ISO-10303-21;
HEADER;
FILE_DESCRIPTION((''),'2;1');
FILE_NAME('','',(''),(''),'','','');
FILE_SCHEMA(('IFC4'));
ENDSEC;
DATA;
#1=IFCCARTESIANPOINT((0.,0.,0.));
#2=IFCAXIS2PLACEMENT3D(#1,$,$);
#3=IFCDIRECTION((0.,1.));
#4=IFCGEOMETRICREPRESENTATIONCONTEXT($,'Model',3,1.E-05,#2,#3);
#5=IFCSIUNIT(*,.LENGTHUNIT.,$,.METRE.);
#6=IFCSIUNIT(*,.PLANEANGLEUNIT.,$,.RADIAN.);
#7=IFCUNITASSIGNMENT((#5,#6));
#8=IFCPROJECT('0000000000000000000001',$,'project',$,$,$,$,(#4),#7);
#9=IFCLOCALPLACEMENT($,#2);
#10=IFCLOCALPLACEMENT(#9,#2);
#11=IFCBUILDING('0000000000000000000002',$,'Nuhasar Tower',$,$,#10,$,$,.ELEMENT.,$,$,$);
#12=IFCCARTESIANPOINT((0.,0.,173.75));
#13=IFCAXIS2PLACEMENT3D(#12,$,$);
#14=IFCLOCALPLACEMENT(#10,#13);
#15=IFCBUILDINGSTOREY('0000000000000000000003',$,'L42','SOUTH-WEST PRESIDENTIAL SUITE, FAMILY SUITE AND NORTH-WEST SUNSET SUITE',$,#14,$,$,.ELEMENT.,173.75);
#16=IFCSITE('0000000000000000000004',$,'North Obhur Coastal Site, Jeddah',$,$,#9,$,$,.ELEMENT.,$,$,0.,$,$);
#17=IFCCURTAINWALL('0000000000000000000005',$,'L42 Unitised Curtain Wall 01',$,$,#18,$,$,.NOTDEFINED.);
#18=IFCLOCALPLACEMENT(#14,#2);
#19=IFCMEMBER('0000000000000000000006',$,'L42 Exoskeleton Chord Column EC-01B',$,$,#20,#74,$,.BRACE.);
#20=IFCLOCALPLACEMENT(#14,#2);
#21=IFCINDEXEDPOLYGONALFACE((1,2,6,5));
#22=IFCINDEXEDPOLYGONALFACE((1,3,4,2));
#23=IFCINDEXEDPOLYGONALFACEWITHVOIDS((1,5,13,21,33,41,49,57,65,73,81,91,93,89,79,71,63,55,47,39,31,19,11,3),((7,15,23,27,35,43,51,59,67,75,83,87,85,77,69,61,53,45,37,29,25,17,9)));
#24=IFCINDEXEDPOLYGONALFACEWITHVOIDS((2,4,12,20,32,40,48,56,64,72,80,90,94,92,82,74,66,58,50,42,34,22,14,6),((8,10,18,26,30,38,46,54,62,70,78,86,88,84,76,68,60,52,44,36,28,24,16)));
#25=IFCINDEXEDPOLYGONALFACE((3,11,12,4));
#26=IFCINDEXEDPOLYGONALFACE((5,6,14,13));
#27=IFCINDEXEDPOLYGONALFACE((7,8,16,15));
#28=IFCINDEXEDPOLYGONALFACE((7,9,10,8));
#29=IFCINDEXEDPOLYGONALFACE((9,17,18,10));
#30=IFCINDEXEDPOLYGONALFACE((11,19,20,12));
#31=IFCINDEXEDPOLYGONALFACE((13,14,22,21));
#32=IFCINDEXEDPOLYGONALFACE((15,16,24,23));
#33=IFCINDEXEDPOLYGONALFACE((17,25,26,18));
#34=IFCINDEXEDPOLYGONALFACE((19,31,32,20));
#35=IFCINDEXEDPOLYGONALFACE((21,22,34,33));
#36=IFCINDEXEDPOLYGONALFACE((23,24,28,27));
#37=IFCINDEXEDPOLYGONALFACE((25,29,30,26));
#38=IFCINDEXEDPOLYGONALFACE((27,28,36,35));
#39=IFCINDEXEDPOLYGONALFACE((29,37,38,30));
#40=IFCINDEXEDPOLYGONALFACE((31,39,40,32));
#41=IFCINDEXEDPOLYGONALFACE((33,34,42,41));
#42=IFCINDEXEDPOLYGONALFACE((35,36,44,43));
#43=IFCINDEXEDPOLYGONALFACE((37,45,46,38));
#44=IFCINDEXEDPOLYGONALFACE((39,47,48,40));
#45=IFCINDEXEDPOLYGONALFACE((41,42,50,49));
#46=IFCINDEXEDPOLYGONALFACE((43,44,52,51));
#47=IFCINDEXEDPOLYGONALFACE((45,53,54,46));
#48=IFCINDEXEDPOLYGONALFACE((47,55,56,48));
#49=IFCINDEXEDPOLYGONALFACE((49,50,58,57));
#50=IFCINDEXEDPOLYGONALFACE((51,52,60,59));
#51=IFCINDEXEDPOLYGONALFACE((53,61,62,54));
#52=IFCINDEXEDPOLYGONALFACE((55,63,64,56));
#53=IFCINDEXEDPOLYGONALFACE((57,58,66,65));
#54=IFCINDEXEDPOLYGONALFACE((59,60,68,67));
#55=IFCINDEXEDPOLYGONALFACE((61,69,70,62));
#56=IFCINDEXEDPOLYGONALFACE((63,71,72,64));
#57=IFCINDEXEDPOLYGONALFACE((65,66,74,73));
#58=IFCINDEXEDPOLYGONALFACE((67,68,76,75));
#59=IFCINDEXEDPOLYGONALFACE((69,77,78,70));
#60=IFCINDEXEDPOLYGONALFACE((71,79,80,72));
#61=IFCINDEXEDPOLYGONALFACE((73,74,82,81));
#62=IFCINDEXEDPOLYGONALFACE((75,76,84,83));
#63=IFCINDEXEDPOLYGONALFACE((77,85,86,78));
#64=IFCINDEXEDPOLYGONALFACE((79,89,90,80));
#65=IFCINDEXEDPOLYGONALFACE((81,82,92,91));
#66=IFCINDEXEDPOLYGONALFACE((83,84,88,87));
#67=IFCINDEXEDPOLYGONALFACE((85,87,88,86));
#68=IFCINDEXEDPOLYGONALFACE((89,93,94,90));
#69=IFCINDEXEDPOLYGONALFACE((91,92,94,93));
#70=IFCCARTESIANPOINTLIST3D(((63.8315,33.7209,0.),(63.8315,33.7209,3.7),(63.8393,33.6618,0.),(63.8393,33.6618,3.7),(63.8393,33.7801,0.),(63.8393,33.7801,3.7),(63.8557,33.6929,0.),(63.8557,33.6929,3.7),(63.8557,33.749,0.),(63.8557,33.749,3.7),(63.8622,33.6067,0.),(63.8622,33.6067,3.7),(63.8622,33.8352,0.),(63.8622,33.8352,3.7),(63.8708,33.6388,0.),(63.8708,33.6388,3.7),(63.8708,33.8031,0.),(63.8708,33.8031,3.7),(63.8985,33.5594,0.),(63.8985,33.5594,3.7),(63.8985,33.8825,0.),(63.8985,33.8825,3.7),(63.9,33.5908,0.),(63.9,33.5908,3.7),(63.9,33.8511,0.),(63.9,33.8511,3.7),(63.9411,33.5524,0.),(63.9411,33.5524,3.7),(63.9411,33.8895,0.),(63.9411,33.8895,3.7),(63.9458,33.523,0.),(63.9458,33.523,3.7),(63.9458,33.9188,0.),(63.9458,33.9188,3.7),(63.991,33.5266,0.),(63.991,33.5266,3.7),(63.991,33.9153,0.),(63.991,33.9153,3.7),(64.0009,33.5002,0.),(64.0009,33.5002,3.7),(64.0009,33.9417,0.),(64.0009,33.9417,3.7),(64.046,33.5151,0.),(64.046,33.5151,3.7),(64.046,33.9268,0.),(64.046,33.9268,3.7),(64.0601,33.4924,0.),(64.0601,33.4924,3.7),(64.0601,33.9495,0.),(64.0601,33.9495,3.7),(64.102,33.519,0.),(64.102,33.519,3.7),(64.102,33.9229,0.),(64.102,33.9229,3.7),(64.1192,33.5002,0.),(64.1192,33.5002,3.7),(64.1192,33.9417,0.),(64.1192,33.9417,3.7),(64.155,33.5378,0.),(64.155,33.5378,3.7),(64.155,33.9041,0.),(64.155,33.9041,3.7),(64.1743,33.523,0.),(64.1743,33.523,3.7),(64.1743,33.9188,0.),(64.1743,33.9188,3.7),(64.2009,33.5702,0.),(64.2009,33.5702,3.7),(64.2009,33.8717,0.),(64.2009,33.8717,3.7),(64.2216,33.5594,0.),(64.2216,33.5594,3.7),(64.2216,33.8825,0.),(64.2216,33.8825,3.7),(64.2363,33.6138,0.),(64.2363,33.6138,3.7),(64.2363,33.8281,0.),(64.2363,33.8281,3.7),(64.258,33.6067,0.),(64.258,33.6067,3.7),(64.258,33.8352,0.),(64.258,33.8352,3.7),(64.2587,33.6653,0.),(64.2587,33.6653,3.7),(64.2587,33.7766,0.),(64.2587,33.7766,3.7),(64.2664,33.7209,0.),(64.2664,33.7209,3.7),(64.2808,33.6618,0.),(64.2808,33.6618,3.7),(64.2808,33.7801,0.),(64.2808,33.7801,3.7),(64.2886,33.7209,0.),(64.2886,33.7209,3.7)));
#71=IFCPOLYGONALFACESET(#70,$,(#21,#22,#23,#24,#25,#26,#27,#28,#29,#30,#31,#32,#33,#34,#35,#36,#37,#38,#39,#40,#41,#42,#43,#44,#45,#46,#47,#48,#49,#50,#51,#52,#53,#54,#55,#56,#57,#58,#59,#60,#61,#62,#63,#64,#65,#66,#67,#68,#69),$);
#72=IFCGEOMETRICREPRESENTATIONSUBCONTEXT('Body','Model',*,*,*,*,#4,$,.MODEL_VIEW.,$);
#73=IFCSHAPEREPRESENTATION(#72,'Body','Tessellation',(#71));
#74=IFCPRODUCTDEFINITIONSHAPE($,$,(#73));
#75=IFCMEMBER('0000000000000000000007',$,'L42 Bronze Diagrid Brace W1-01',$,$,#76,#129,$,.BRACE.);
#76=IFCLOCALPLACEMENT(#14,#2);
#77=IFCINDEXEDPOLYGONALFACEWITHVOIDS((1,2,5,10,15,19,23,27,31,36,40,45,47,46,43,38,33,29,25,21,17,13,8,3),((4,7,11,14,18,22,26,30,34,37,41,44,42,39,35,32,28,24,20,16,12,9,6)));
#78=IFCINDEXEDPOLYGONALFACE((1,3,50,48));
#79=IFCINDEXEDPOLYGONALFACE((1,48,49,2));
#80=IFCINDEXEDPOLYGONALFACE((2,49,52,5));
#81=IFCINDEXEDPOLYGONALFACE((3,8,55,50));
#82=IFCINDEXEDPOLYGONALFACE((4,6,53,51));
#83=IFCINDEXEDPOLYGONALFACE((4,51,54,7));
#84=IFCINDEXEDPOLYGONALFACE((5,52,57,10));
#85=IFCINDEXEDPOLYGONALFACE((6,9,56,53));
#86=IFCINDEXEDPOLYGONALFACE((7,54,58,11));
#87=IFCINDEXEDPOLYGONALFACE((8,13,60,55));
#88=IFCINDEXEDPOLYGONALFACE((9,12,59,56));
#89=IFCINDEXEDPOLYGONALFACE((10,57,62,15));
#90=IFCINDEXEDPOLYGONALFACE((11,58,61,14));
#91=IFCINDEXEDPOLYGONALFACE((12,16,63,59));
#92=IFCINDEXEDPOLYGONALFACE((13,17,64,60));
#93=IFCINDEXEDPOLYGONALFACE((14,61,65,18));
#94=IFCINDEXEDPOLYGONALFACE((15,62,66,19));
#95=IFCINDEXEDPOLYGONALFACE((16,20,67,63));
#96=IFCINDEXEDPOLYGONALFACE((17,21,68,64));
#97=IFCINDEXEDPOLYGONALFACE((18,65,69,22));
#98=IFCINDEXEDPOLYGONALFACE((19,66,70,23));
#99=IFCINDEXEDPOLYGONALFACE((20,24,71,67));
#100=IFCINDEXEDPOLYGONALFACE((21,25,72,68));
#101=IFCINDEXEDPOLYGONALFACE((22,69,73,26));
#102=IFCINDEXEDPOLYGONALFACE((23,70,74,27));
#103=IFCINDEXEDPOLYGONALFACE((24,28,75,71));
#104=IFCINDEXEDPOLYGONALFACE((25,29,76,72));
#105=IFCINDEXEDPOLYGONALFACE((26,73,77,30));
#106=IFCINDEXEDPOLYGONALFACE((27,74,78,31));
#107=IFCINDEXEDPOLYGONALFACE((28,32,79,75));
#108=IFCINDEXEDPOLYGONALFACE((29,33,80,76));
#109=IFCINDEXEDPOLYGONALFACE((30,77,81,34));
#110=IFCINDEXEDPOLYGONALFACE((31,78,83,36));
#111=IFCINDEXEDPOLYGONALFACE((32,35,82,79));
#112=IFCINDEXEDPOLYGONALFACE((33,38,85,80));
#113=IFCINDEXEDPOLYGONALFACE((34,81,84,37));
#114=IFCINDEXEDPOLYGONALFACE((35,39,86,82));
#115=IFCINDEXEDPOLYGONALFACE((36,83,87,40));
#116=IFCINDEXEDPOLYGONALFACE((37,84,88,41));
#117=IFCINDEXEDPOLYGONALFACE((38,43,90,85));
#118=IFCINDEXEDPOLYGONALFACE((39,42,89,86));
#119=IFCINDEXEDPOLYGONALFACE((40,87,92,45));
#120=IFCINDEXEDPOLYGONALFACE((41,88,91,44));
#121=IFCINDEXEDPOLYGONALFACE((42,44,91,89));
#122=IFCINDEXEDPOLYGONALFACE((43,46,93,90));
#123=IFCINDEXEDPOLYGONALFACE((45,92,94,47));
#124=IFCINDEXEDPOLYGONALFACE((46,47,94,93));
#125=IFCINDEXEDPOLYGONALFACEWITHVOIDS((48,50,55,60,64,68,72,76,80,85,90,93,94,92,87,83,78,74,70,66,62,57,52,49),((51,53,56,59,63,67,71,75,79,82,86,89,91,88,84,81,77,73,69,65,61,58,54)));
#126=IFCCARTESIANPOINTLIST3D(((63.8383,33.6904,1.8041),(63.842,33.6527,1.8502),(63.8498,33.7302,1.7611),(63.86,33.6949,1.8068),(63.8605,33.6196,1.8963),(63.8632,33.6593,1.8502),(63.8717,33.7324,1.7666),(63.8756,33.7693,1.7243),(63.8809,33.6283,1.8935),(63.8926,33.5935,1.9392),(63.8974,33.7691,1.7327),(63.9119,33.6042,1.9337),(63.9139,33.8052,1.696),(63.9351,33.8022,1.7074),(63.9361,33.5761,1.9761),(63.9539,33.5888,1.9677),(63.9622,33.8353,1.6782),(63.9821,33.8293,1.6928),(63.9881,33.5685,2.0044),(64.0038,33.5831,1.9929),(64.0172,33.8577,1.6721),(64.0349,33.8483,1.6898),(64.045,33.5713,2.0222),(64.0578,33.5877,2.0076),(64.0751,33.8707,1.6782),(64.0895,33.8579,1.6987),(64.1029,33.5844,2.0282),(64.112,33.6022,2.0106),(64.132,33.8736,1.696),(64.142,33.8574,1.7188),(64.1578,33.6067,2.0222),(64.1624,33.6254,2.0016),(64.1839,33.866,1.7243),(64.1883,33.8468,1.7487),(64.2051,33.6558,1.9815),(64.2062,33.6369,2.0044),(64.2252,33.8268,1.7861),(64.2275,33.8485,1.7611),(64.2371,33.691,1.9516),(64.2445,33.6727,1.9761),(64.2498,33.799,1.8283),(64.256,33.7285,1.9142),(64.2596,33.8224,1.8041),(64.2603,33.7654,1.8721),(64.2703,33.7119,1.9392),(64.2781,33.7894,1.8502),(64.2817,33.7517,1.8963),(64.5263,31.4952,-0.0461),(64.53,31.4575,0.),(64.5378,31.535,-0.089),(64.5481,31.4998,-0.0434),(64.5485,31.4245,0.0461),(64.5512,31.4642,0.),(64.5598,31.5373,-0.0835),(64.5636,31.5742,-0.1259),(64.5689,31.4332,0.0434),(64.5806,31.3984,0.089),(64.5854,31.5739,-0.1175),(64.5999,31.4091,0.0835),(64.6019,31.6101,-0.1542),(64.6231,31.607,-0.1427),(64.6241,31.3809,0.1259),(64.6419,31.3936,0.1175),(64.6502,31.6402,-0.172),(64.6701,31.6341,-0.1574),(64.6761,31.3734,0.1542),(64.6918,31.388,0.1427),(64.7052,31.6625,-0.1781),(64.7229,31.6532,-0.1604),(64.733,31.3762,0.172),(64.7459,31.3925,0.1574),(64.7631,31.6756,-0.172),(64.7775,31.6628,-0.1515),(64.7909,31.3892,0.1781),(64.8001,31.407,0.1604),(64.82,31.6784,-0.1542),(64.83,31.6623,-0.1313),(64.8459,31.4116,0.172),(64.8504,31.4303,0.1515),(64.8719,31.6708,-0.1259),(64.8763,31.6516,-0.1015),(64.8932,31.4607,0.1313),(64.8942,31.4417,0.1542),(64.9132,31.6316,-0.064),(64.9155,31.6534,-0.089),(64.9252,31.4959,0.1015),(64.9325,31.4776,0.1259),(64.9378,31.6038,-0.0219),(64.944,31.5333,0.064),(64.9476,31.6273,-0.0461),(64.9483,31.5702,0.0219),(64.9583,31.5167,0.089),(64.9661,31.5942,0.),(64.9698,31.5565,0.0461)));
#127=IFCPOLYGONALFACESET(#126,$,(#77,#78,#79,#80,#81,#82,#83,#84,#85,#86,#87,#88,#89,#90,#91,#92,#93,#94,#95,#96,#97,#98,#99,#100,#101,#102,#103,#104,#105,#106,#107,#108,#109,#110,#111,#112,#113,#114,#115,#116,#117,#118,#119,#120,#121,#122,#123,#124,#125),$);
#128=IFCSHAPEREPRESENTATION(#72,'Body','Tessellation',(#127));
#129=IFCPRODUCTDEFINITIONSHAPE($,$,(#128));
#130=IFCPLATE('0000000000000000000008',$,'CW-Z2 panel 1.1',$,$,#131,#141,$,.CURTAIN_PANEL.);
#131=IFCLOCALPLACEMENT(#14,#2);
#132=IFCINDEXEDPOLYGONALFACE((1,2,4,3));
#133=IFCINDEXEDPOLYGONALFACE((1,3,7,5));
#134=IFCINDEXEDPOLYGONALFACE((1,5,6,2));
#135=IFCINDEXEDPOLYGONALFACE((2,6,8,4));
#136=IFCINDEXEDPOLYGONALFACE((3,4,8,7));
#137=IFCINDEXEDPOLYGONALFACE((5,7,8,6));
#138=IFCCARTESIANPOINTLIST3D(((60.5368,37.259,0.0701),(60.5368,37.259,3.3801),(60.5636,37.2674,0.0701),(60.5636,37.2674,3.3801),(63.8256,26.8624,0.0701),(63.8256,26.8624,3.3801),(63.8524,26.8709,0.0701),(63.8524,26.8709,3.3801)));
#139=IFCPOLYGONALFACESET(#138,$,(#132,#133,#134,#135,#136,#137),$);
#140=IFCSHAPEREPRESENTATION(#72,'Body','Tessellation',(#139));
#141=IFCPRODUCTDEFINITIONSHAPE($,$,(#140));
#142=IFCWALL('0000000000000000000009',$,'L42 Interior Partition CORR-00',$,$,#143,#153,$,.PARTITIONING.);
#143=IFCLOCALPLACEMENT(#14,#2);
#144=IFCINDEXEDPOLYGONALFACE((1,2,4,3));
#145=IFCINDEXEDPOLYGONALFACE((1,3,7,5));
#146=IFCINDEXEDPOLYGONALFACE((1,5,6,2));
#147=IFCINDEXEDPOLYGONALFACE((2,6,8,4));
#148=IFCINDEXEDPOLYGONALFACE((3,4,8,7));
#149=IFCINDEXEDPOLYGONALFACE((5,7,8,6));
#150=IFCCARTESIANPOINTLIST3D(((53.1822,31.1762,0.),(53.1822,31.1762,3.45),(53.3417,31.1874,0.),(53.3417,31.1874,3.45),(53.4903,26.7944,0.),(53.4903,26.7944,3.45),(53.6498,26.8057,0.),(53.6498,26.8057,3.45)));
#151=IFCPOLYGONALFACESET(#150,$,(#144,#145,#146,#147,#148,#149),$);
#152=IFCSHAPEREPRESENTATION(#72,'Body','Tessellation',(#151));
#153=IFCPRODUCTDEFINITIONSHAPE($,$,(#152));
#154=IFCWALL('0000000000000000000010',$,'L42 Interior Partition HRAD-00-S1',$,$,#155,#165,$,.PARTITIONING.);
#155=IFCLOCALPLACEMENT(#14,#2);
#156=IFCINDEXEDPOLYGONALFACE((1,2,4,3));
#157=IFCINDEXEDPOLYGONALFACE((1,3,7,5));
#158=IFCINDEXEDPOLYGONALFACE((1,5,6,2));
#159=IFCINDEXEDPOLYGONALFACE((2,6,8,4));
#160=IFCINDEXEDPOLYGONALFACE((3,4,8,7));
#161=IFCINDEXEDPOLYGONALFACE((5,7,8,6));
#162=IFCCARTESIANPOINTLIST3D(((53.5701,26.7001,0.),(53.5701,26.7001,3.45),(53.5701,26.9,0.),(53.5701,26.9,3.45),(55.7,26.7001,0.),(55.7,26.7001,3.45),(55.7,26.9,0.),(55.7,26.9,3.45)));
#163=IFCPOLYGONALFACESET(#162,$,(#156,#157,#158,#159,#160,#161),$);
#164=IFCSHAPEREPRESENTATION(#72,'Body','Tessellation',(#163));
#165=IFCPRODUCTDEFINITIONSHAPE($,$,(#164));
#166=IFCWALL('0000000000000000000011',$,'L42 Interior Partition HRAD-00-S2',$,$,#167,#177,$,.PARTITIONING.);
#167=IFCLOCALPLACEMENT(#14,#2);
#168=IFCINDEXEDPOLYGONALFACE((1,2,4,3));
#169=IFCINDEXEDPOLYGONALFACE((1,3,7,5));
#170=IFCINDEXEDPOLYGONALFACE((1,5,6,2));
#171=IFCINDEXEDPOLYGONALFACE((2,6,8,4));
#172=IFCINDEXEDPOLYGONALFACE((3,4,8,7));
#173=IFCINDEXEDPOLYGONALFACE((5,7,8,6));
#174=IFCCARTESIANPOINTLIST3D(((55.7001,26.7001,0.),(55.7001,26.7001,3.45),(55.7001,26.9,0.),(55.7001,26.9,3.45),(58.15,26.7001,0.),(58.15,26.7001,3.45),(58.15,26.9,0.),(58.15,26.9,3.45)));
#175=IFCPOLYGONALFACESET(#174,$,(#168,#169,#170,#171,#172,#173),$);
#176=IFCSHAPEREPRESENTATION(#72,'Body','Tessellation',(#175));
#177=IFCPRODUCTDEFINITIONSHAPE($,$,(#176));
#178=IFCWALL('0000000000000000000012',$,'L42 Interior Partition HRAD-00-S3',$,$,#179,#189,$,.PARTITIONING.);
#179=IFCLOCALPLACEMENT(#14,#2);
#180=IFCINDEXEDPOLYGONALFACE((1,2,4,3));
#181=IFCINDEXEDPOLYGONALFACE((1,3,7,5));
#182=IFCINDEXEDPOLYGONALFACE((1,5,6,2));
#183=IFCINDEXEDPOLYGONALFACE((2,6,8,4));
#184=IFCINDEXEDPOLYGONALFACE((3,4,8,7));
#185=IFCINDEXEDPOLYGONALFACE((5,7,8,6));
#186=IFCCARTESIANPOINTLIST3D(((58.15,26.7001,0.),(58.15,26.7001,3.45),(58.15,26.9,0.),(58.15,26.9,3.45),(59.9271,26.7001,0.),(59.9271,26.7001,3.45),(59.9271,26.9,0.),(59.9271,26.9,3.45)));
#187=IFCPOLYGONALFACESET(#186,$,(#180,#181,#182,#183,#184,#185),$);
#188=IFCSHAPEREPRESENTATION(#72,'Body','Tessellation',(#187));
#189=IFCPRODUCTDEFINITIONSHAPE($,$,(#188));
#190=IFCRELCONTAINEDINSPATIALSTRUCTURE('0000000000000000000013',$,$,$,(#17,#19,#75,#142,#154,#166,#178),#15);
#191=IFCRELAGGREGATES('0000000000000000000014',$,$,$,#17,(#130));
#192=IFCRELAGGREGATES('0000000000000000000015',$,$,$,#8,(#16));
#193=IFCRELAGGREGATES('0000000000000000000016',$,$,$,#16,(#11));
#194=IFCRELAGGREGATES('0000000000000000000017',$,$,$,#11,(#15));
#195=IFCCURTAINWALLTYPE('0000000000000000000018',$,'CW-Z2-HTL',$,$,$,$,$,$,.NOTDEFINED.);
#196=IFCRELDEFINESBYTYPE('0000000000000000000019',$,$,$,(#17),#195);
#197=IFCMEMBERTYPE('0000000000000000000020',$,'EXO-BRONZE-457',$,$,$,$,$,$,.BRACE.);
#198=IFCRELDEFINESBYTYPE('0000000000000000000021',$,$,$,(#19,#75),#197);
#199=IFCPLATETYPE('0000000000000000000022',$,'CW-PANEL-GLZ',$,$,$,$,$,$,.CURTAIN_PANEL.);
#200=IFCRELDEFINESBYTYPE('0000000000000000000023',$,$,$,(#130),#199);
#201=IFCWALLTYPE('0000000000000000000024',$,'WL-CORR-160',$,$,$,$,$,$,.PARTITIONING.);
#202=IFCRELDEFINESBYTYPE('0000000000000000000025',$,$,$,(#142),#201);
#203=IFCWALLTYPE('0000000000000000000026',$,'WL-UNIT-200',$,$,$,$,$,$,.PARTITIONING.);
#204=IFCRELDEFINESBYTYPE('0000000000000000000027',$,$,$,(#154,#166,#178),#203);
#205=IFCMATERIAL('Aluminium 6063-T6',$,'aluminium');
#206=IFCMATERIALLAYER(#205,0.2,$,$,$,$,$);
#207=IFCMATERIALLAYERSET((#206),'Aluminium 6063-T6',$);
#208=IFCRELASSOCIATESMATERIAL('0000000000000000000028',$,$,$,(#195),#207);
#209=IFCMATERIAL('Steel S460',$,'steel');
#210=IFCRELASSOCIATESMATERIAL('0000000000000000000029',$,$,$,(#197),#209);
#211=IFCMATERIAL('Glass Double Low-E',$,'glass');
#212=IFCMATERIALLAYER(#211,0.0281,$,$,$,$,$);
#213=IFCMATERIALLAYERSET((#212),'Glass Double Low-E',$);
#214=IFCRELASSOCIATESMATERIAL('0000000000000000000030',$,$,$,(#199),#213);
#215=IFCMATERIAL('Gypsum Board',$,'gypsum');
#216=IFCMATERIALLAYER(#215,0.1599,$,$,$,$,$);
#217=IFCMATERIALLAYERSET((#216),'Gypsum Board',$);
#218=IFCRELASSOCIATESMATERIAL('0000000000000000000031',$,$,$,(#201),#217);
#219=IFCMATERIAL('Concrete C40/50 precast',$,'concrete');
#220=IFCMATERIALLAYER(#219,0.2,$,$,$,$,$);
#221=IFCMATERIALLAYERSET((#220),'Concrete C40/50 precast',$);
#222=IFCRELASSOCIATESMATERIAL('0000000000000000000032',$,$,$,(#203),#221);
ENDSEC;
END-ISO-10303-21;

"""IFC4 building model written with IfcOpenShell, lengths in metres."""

from ifc_helpers import new_model, si_unit, direction, frame, frame_2d, origin, origin_2d, place, context, subcontext, project, spatial, rectangle, hollow_circle, extrude, material, layer, layer_set, material_profile, profile_set, type_object, element, aggregate, save


model = new_model("IFC4")

# Units and contexts
model_context = context("Model", 3, precision=1e-05, world=origin(), true_north=direction((0.0, 1.0)))
body_context = subcontext(model_context, "Body", "Model", "MODEL_VIEW")
ifc_project = project(units=[si_unit("LENGTHUNIT", "METRE"), si_unit("PLANEANGLEUNIT", "RADIAN")], contexts=[model_context])

# Site, building, storey
site_placement = place(None, origin())
site = spatial("IfcSite", under=ifc_project, at=site_placement, Name="North Obhur Coastal Site, Jeddah", CompositionType="ELEMENT", RefElevation=0.0)
building_placement = place(site_placement, origin())
building = spatial("IfcBuilding", under=site, at=building_placement, Name="Nuhasar Tower", CompositionType="ELEMENT")
storey_placement = place(building_placement, frame((0.0, 0.0, 173.75)))
storey = spatial("IfcBuildingStorey", under=building, at=storey_placement, Name="L42", Description="SOUTH-WEST PRESIDENTIAL SUITE, FAMILY SUITE AND NORTH-WEST SUNSET SUITE", CompositionType="ELEMENT", Elevation=173.75)

# Curtain wall
ifc_material_1 = material(Name="Aluminium 6063-T6", Category="aluminium")
ifc_layer_1 = layer(ifc_material_1, 0.2)
ifc_layer_set_1 = layer_set([ifc_layer_1], Name="Aluminium 6063-T6")
curtain_wall_type = type_object("IfcCurtainWallType", Name="CW-Z2-HTL", PredefinedType="NOTDEFINED", material=ifc_layer_set_1)
curtain_wall_1_placement = place(storey_placement, origin())
curtain_wall_1 = element("IfcCurtainWall", 1, at=curtain_wall_1_placement, inside=storey, type_object=curtain_wall_type, Name="L42 Unitised Curtain Wall 01", PredefinedType="NOTDEFINED")

# Members
ifc_material_2 = material(Name="Steel S460", Category="steel")
ifc_material_profile_1 = material_profile(ifc_material_2, hollow_circle(Radius=0.2285, WallThickness=0.0222, at=origin_2d()), Name="HSS457X22.2")
ifc_profile_set_1 = profile_set([ifc_material_profile_1], Name="Steel S460")
member_type_1 = type_object("IfcMemberType", Name="EXO-BRONZE-457", PredefinedType="BRACE", material=ifc_profile_set_1)
for number, where, z_axis, x_axis, name in (
    (2, (64.0601, 33.7209, 0.0), (0.0, 0.0, 1.0), (1.0, 0.0, 0.0), "L42 Exoskeleton Chord Column EC-01B"),
):
    element("IfcMember", number, at=place(storey_placement, frame(where, z_axis=z_axis, x_axis=x_axis)), inside=storey, type_object=member_type_1, Name=name, PredefinedType="BRACE", context=body_context, shape_type="SweptSolid", body=[
        extrude(hollow_circle(Radius=0.2285, WallThickness=0.0222, at=origin_2d()), origin(), (0.0, 0.0, 1.0), 3.7),
    ])
member_1_placement = place(storey_placement, frame((64.748, 31.5259, 0.0), z_axis=(-0.233056, 0.743578, 0.626719), x_axis=(-0.954228, -0.299079, 0.0)))
element("IfcMember", 3, at=member_1_placement, inside=storey, type_object=member_type_1, Name="L42 Bronze Diagrid Brace W1-01", PredefinedType="BRACE", context=body_context, shape_type="SweptSolid", body=[
    extrude(hollow_circle(Radius=0.2285, WallThickness=0.0222, at=origin_2d()), origin(), (0.0, 0.0, 1.0), 2.9521),
])

# Plate
ifc_material_3 = material(Name="Glass Double Low-E", Category="glass")
ifc_layer_2 = layer(ifc_material_3, 0.0281)
ifc_layer_set_2 = layer_set([ifc_layer_2], Name="Glass Double Low-E")
plate_type = type_object("IfcPlateType", Name="CW-PANEL-GLZ", PredefinedType="CURTAIN_PANEL", material=ifc_layer_set_2)
plate_placement = place(storey_placement, frame((62.1946, 32.0649, 0.0701), z_axis=(0.0, 0.0, 1.0), x_axis=(-0.301604, 0.953433, 0.0)))
plate = element("IfcPlate", 4, at=plate_placement, type_object=plate_type, Name="CW-Z2 panel 1.1", PredefinedType="CURTAIN_PANEL", context=body_context, shape_type="SweptSolid", body=[
    extrude(rectangle(XDim=10.9043, YDim=0.0281, at=origin_2d()), origin(), (0.0, 0.0, 1.0), 3.3101),
])
aggregate(curtain_wall_1, [plate])

# Walls
ifc_material_4 = material(Name="Gypsum Board", Category="gypsum")
ifc_layer_3 = layer(ifc_material_4, 0.1599)
ifc_layer_set_3 = layer_set([ifc_layer_3], Name="Gypsum Board")
wall_type_1 = type_object("IfcWallType", Name="WL-CORR-160", PredefinedType="PARTITIONING", material=ifc_layer_set_3)
wall_1_placement = place(storey_placement, frame((53.5701, 26.8, 0.0), z_axis=(0.0, 0.0, 1.0), x_axis=(-0.070141, 0.997537, 0.0)))
element("IfcWall", 5, at=wall_1_placement, inside=storey, type_object=wall_type_1, Name="L42 Interior Partition CORR-00", PredefinedType="PARTITIONING", context=body_context, shape_type="SweptSolid", body=[
    extrude(rectangle(XDim=4.3926, YDim=0.1599, at=frame_2d((2.1963, 0.0))), origin(), (0.0, 0.0, 1.0), 3.45),
])
ifc_material_5 = material(Name="Concrete C40/50 precast", Category="concrete")
ifc_layer_4 = layer(ifc_material_5, 0.2)
ifc_layer_set_4 = layer_set([ifc_layer_4], Name="Concrete C40/50 precast")
wall_type_2 = type_object("IfcWallType", Name="WL-UNIT-200", PredefinedType="PARTITIONING", material=ifc_layer_set_4)
wall_2_placement = place(storey_placement, frame((53.5701, 26.8, 0.0), z_axis=(0.0, 0.0, 1.0), x_axis=(1.0, 0.0, 0.0)))
element("IfcWall", 6, at=wall_2_placement, inside=storey, type_object=wall_type_2, Name="L42 Interior Partition HRAD-00-S1", PredefinedType="PARTITIONING", context=body_context, shape_type="SweptSolid", body=[
    extrude(rectangle(XDim=2.1299, YDim=0.2, at=frame_2d((1.0649, 0.0))), origin(), (0.0, 0.0, 1.0), 3.45),
])
wall_3_placement = place(storey_placement, frame((55.7, 26.8, 0.0), z_axis=(0.0, 0.0, 1.0), x_axis=(1.0, 0.0, 0.0)))
element("IfcWall", 7, at=wall_3_placement, inside=storey, type_object=wall_type_2, Name="L42 Interior Partition HRAD-00-S2", PredefinedType="PARTITIONING", context=body_context, shape_type="SweptSolid", body=[
    extrude(rectangle(XDim=2.45, YDim=0.2, at=frame_2d((1.2251, 0.0))), origin(), (0.0, 0.0, 1.0), 3.45),
])
wall_4_placement = place(storey_placement, frame((58.1499, 26.8, 0.0), z_axis=(0.0, 0.0, 1.0), x_axis=(1.0, 0.0, 0.0)))
element("IfcWall", 8, at=wall_4_placement, inside=storey, type_object=wall_type_2, Name="L42 Interior Partition HRAD-00-S3", PredefinedType="PARTITIONING", context=body_context, shape_type="SweptSolid", body=[
    extrude(rectangle(XDim=1.7771, YDim=0.2, at=frame_2d((0.8887, 0.0))), origin(), (0.0, 0.0, 1.0), 3.45),
])

save(model, "model.ifc")
